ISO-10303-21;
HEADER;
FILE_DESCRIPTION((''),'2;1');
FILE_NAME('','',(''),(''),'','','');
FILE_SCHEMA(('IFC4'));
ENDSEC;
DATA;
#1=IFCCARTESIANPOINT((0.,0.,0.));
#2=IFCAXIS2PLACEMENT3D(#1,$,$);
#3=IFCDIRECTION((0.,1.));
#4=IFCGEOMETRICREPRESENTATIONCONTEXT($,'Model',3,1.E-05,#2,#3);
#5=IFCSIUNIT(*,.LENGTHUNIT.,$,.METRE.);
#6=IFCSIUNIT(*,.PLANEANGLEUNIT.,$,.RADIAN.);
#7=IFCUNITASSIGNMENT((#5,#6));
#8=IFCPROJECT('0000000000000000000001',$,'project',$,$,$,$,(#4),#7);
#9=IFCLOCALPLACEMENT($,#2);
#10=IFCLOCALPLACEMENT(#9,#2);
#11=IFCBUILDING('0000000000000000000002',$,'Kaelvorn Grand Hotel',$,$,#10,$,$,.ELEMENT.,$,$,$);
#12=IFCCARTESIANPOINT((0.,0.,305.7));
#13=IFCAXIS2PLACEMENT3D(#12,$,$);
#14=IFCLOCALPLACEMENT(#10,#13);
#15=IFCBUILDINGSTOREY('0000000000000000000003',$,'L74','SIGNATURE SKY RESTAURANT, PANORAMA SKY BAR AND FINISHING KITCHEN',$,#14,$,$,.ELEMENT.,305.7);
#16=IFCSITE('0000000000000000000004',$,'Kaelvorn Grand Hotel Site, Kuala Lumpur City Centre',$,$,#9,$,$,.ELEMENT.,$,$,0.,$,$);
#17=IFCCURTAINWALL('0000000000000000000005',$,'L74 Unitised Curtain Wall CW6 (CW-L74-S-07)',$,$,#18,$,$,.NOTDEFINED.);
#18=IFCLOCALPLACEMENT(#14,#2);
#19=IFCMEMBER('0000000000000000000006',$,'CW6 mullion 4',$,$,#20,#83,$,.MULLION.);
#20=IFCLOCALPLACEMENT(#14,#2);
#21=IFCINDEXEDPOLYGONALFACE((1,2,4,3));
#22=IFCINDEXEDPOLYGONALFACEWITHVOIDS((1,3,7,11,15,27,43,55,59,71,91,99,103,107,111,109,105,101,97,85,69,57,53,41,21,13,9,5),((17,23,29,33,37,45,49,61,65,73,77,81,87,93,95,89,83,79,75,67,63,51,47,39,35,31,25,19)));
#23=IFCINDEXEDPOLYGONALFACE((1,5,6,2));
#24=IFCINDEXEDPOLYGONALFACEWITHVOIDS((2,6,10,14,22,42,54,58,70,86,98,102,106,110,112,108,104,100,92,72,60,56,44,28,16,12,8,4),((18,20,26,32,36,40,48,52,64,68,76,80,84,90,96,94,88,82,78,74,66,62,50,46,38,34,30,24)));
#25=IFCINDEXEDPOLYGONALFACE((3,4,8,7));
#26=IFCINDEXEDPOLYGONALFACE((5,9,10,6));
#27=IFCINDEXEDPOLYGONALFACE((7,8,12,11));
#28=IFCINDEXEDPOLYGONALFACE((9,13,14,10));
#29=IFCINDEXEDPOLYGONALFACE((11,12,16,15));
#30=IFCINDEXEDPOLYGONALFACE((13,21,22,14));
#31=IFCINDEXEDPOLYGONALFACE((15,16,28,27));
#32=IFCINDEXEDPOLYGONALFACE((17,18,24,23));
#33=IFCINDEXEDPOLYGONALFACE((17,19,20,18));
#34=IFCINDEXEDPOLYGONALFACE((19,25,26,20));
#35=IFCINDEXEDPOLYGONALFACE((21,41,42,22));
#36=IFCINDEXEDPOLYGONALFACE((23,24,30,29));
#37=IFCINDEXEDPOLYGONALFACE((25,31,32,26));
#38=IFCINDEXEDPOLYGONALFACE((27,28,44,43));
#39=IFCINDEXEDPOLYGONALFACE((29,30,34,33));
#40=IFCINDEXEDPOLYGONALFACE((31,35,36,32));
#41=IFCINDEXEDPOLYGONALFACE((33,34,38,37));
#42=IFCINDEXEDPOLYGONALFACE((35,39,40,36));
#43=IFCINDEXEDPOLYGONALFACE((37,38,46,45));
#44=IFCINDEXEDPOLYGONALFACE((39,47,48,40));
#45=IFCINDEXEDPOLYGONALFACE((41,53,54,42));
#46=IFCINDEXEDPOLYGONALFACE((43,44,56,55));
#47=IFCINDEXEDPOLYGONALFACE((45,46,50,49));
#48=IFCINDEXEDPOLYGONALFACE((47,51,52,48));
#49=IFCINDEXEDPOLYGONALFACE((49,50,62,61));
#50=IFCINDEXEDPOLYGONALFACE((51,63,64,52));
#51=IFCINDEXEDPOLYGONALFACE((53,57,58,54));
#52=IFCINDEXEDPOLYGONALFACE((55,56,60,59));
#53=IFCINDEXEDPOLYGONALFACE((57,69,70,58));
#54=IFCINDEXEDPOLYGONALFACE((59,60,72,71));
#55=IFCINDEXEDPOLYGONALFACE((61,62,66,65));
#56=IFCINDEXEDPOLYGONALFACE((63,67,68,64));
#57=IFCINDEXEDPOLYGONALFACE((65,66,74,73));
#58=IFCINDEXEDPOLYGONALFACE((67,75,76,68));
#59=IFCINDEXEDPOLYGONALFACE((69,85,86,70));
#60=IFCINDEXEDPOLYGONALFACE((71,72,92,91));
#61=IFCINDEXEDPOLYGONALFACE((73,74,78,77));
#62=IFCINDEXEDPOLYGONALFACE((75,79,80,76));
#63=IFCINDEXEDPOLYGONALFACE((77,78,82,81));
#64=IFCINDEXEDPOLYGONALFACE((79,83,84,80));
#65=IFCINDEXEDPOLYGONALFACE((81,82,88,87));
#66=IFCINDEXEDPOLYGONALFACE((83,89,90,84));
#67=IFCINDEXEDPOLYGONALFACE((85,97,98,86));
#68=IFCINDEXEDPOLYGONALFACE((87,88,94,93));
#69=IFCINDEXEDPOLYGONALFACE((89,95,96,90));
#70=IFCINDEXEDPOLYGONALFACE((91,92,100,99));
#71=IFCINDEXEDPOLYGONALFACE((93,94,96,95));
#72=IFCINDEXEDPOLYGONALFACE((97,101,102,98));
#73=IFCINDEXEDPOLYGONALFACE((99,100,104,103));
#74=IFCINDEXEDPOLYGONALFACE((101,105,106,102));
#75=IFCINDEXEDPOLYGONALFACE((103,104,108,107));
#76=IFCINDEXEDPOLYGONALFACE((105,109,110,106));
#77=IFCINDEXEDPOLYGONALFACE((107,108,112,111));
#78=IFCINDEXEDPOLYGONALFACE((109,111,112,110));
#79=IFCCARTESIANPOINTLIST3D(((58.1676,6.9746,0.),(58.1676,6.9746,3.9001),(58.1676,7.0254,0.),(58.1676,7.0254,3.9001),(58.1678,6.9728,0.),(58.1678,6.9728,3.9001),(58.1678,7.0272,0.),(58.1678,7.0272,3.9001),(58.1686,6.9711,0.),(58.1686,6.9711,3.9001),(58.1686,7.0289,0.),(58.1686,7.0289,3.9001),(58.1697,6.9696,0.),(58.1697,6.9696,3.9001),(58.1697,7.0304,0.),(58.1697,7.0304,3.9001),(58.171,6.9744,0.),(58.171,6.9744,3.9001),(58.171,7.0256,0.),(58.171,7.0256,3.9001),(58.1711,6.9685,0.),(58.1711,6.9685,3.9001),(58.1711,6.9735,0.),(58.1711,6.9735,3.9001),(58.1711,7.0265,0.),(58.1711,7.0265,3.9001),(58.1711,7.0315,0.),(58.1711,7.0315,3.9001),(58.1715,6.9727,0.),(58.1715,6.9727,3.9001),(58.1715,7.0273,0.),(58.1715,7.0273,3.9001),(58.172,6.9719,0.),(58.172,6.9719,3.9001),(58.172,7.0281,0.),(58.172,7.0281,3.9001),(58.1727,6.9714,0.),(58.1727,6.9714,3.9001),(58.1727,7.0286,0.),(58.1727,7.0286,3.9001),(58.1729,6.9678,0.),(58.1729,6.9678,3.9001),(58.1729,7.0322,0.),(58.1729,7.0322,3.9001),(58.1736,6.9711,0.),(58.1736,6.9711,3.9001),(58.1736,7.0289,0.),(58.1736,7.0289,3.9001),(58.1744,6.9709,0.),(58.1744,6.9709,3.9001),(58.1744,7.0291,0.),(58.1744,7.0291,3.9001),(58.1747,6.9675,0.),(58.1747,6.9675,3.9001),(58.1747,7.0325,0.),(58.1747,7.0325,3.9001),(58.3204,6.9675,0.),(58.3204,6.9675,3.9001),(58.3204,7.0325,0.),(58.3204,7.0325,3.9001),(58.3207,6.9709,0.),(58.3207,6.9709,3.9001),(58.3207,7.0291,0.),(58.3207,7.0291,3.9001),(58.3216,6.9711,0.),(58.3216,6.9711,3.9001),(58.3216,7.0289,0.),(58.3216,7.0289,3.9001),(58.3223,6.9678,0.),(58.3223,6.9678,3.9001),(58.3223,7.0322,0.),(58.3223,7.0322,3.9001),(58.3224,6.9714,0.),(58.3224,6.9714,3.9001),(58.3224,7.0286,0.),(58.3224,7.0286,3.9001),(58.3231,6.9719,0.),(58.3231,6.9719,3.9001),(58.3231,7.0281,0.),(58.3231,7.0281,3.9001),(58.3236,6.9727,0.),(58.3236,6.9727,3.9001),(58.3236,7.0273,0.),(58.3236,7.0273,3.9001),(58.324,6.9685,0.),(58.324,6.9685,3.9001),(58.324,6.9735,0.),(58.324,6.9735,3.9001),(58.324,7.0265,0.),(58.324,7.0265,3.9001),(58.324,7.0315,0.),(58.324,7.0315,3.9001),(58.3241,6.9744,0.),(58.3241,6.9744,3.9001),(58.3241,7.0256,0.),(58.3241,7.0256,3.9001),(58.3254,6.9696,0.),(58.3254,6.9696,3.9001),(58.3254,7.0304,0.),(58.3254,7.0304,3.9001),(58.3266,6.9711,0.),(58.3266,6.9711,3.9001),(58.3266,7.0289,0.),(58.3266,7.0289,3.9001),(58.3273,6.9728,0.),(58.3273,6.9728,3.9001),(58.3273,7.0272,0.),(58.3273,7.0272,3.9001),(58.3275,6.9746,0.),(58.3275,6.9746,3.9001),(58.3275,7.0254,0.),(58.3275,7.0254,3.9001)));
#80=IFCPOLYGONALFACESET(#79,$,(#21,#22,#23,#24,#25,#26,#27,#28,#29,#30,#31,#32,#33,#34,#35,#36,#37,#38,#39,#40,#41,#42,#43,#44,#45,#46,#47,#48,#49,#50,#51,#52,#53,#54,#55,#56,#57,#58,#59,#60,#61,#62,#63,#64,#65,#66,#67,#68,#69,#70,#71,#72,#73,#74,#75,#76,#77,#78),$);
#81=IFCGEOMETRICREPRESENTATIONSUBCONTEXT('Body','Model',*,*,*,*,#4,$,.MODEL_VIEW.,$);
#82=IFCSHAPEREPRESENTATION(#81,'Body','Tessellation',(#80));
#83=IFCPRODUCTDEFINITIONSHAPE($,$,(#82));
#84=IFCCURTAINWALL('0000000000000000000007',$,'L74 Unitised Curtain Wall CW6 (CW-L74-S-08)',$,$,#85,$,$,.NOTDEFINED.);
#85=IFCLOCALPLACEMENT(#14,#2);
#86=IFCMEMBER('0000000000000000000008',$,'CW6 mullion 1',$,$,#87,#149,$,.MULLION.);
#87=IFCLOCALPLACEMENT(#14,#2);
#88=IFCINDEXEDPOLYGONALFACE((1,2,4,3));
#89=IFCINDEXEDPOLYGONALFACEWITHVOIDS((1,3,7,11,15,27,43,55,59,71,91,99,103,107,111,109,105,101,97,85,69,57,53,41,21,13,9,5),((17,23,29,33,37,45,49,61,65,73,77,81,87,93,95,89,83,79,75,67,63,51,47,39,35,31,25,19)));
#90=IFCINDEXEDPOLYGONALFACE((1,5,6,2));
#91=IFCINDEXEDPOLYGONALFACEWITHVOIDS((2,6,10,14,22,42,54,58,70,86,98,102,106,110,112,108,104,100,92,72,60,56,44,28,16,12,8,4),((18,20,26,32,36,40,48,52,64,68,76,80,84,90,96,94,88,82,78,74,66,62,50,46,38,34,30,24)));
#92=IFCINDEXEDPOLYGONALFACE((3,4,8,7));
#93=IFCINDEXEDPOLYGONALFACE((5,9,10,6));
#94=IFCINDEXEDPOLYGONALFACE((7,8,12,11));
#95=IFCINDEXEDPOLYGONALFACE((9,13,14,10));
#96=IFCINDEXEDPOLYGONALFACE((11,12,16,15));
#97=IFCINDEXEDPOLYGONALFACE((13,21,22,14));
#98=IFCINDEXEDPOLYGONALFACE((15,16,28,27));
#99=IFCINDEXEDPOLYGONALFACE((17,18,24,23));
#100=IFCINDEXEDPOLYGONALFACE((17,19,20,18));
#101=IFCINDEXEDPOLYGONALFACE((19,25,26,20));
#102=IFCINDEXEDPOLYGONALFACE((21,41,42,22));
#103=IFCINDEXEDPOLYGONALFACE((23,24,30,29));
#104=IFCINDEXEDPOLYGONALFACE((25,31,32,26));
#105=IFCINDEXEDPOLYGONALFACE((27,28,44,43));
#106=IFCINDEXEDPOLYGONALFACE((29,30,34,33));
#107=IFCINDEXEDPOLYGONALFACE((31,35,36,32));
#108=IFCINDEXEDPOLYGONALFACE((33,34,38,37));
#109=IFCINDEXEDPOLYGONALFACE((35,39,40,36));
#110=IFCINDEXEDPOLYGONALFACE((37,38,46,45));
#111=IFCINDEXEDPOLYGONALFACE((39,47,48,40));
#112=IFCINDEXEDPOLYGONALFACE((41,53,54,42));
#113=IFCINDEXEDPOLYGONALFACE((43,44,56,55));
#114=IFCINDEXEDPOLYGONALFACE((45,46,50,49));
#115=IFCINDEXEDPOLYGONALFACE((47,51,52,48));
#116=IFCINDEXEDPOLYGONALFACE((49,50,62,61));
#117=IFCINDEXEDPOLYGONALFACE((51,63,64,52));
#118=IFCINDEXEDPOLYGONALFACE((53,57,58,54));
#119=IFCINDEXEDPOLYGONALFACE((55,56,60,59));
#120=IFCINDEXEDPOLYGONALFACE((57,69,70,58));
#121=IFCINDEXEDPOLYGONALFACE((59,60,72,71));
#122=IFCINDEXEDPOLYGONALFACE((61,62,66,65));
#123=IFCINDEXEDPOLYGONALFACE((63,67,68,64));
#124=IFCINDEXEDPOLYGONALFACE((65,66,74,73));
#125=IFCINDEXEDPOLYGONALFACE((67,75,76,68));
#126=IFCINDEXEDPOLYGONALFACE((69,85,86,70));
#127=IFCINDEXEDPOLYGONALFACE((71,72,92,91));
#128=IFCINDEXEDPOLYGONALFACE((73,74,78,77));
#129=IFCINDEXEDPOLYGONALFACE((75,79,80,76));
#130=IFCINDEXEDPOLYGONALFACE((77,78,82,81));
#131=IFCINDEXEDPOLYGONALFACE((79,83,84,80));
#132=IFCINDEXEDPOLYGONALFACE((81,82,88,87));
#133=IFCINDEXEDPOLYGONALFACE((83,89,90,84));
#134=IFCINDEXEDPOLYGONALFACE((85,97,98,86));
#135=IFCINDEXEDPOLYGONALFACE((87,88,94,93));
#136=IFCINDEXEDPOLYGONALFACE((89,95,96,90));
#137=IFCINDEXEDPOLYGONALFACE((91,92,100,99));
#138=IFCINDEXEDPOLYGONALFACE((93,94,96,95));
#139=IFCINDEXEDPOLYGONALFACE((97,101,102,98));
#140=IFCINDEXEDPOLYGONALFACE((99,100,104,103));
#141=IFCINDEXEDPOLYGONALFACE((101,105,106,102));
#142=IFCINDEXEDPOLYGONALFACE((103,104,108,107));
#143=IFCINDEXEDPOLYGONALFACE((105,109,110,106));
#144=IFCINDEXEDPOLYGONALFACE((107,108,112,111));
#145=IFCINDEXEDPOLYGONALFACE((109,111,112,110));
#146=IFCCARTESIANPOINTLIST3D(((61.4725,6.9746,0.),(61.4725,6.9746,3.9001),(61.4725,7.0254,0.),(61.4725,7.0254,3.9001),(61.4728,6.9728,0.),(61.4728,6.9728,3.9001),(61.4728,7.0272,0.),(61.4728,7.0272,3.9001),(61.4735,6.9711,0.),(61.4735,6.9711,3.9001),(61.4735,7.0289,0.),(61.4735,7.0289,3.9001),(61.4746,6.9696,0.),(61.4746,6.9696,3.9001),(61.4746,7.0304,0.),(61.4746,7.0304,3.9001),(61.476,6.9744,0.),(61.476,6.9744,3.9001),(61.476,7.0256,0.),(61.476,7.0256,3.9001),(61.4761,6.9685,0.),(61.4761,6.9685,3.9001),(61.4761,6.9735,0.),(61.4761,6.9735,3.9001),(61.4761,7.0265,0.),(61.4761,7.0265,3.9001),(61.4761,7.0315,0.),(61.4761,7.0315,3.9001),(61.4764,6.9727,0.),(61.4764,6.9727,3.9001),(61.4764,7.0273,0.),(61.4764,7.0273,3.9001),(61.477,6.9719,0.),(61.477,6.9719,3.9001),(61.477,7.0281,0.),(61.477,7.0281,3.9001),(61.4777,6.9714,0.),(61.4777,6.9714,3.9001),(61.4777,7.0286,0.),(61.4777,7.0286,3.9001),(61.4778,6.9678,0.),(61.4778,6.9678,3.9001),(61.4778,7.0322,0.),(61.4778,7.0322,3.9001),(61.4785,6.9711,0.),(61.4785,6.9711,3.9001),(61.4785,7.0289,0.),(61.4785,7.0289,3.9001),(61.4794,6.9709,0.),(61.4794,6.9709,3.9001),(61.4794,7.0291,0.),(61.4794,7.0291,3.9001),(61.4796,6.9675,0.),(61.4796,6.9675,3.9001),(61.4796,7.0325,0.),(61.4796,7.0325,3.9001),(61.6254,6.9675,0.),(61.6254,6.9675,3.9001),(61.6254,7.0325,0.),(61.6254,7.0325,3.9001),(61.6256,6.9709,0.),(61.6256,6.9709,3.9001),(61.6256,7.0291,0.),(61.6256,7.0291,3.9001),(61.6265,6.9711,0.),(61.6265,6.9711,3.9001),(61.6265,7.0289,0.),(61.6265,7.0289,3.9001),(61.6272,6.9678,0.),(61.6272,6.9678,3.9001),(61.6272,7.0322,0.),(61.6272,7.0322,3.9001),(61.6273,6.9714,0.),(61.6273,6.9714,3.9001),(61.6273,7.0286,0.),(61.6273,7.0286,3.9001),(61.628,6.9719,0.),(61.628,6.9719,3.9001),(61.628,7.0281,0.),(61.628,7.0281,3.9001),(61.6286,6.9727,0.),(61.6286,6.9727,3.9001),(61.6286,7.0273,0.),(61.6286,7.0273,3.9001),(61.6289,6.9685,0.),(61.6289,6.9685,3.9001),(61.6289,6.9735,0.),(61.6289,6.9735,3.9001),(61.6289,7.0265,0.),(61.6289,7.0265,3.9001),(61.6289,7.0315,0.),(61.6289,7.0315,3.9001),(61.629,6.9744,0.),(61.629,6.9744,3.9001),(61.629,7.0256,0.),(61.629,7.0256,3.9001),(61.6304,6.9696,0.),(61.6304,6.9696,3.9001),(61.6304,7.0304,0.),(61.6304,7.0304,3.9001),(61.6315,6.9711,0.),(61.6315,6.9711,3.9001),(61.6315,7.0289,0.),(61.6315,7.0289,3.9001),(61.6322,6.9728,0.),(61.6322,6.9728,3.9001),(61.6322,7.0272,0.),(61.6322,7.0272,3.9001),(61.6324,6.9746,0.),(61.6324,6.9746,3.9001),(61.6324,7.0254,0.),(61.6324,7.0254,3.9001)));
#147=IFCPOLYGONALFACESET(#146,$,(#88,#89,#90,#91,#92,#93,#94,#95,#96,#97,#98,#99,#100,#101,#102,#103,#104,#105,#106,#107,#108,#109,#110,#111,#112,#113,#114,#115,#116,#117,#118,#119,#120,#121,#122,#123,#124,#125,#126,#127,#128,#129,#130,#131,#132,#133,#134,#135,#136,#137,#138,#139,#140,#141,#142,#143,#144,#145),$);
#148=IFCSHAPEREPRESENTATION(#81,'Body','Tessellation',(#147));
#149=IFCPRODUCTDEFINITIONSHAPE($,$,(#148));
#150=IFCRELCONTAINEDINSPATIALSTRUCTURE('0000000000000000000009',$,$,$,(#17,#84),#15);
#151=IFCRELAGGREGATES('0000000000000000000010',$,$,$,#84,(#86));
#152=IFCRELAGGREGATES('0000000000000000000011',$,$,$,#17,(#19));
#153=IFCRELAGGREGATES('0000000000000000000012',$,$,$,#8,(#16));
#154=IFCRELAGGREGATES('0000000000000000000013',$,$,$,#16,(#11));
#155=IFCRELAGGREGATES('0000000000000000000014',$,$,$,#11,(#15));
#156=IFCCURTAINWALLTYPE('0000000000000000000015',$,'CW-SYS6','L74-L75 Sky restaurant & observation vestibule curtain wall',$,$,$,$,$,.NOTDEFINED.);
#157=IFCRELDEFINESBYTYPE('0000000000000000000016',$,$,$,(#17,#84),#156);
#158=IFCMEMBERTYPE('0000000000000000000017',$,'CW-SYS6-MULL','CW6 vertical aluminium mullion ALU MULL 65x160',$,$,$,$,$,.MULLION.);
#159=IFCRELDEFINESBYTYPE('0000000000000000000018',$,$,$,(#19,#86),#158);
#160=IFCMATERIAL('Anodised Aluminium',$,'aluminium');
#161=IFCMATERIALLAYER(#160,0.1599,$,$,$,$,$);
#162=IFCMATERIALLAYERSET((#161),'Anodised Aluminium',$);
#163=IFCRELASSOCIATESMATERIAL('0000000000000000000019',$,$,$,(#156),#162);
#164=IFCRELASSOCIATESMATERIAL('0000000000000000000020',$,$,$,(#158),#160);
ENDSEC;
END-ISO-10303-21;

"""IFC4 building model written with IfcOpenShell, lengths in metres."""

from ifc_helpers import new_model, si_unit, direction, frame, origin, origin_2d, place, context, subcontext, project, spatial, hollow_rectangle, extrude, material, layer, layer_set, material_profile, profile_set, type_object, element, aggregate, save


model = new_model("IFC4")

# Units and contexts
model_context = context("Model", 3, precision=1e-05, world=origin(), true_north=direction((0.0, 1.0)))
body_context = subcontext(model_context, "Body", "Model", "MODEL_VIEW")
ifc_project = project(units=[si_unit("LENGTHUNIT", "METRE"), si_unit("PLANEANGLEUNIT", "RADIAN")], contexts=[model_context])

# Site, building, storey
site_placement = place(None, origin())
site = spatial("IfcSite", under=ifc_project, at=site_placement, Name="Kaelvorn Grand Hotel Site, Kuala Lumpur City Centre", CompositionType="ELEMENT", RefElevation=0.0)
building_placement = place(site_placement, origin())
building = spatial("IfcBuilding", under=site, at=building_placement, Name="Kaelvorn Grand Hotel", CompositionType="ELEMENT")
storey_placement = place(building_placement, frame((0.0, 0.0, 305.7)))
storey = spatial("IfcBuildingStorey", under=building, at=storey_placement, Name="L74", Description="SIGNATURE SKY RESTAURANT, PANORAMA SKY BAR AND FINISHING KITCHEN", CompositionType="ELEMENT", Elevation=305.7)

# Curtain wall, member
ifc_material_1 = material(Name="Anodised Aluminium", Category="aluminium")
ifc_layer_1 = layer(ifc_material_1, 0.1599)
ifc_layer_set_1 = layer_set([ifc_layer_1], Name="Anodised Aluminium")
curtain_wall_type = type_object("IfcCurtainWallType", Name="CW-SYS6", Description="L74-L75 Sky restaurant & observation vestibule curtain wall", PredefinedType="NOTDEFINED", material=ifc_layer_set_1)
curtain_wall_1_placement = place(storey_placement, origin())
curtain_wall_1 = element("IfcCurtainWall", 1, at=curtain_wall_1_placement, inside=storey, type_object=curtain_wall_type, Name="L74 Unitised Curtain Wall CW6 (CW-L74-S-07)", PredefinedType="NOTDEFINED")
ifc_material_profile_1 = material_profile(ifc_material_1, hollow_rectangle(XDim=0.0649, YDim=0.1599, WallThickness=0.0034, InnerFilletRadius=0.0034, OuterFilletRadius=0.0071, at=origin_2d()), Name="ALU MULL 65x160")
ifc_profile_set_1 = profile_set([ifc_material_profile_1], Name="Anodised Aluminium")
member_type_1 = type_object("IfcMemberType", Name="CW-SYS6-MULL", Description="CW6 vertical aluminium mullion ALU MULL 65x160", PredefinedType="MULLION", material=ifc_profile_set_1)
member_1_placement = place(storey_placement, frame((58.2476, 7.0, 0.0), z_axis=(0.0, 0.0, 1.0), x_axis=(0.0, 1.0, 0.0)))
member_1 = element("IfcMember", 2, at=member_1_placement, type_object=member_type_1, Name="CW6 mullion 4", PredefinedType="MULLION", context=body_context, shape_type="SweptSolid", body=[
    extrude(hollow_rectangle(XDim=0.0649, YDim=0.1599, WallThickness=0.0034, InnerFilletRadius=0.0034, OuterFilletRadius=0.0071, at=origin_2d()), origin(), (0.0, 0.0, 1.0), 3.9001),
])

# Curtain wall, member
curtain_wall_2_placement = place(storey_placement, origin())
curtain_wall_2 = element("IfcCurtainWall", 3, at=curtain_wall_2_placement, inside=storey, type_object=curtain_wall_type, Name="L74 Unitised Curtain Wall CW6 (CW-L74-S-08)", PredefinedType="NOTDEFINED")
member_2_placement = place(storey_placement, frame((61.5525, 7.0, 0.0), z_axis=(0.0, 0.0, 1.0), x_axis=(0.0, 1.0, 0.0)))
member_2 = element("IfcMember", 4, at=member_2_placement, type_object=member_type_1, Name="CW6 mullion 1", PredefinedType="MULLION", context=body_context, shape_type="SweptSolid", body=[
    extrude(hollow_rectangle(XDim=0.0649, YDim=0.1599, WallThickness=0.0034, InnerFilletRadius=0.0034, OuterFilletRadius=0.0071, at=origin_2d()), origin(), (0.0, 0.0, 1.0), 3.9001),
])

aggregate(curtain_wall_2, [member_2])

aggregate(curtain_wall_1, [member_1])

save(model, "model.ifc")
